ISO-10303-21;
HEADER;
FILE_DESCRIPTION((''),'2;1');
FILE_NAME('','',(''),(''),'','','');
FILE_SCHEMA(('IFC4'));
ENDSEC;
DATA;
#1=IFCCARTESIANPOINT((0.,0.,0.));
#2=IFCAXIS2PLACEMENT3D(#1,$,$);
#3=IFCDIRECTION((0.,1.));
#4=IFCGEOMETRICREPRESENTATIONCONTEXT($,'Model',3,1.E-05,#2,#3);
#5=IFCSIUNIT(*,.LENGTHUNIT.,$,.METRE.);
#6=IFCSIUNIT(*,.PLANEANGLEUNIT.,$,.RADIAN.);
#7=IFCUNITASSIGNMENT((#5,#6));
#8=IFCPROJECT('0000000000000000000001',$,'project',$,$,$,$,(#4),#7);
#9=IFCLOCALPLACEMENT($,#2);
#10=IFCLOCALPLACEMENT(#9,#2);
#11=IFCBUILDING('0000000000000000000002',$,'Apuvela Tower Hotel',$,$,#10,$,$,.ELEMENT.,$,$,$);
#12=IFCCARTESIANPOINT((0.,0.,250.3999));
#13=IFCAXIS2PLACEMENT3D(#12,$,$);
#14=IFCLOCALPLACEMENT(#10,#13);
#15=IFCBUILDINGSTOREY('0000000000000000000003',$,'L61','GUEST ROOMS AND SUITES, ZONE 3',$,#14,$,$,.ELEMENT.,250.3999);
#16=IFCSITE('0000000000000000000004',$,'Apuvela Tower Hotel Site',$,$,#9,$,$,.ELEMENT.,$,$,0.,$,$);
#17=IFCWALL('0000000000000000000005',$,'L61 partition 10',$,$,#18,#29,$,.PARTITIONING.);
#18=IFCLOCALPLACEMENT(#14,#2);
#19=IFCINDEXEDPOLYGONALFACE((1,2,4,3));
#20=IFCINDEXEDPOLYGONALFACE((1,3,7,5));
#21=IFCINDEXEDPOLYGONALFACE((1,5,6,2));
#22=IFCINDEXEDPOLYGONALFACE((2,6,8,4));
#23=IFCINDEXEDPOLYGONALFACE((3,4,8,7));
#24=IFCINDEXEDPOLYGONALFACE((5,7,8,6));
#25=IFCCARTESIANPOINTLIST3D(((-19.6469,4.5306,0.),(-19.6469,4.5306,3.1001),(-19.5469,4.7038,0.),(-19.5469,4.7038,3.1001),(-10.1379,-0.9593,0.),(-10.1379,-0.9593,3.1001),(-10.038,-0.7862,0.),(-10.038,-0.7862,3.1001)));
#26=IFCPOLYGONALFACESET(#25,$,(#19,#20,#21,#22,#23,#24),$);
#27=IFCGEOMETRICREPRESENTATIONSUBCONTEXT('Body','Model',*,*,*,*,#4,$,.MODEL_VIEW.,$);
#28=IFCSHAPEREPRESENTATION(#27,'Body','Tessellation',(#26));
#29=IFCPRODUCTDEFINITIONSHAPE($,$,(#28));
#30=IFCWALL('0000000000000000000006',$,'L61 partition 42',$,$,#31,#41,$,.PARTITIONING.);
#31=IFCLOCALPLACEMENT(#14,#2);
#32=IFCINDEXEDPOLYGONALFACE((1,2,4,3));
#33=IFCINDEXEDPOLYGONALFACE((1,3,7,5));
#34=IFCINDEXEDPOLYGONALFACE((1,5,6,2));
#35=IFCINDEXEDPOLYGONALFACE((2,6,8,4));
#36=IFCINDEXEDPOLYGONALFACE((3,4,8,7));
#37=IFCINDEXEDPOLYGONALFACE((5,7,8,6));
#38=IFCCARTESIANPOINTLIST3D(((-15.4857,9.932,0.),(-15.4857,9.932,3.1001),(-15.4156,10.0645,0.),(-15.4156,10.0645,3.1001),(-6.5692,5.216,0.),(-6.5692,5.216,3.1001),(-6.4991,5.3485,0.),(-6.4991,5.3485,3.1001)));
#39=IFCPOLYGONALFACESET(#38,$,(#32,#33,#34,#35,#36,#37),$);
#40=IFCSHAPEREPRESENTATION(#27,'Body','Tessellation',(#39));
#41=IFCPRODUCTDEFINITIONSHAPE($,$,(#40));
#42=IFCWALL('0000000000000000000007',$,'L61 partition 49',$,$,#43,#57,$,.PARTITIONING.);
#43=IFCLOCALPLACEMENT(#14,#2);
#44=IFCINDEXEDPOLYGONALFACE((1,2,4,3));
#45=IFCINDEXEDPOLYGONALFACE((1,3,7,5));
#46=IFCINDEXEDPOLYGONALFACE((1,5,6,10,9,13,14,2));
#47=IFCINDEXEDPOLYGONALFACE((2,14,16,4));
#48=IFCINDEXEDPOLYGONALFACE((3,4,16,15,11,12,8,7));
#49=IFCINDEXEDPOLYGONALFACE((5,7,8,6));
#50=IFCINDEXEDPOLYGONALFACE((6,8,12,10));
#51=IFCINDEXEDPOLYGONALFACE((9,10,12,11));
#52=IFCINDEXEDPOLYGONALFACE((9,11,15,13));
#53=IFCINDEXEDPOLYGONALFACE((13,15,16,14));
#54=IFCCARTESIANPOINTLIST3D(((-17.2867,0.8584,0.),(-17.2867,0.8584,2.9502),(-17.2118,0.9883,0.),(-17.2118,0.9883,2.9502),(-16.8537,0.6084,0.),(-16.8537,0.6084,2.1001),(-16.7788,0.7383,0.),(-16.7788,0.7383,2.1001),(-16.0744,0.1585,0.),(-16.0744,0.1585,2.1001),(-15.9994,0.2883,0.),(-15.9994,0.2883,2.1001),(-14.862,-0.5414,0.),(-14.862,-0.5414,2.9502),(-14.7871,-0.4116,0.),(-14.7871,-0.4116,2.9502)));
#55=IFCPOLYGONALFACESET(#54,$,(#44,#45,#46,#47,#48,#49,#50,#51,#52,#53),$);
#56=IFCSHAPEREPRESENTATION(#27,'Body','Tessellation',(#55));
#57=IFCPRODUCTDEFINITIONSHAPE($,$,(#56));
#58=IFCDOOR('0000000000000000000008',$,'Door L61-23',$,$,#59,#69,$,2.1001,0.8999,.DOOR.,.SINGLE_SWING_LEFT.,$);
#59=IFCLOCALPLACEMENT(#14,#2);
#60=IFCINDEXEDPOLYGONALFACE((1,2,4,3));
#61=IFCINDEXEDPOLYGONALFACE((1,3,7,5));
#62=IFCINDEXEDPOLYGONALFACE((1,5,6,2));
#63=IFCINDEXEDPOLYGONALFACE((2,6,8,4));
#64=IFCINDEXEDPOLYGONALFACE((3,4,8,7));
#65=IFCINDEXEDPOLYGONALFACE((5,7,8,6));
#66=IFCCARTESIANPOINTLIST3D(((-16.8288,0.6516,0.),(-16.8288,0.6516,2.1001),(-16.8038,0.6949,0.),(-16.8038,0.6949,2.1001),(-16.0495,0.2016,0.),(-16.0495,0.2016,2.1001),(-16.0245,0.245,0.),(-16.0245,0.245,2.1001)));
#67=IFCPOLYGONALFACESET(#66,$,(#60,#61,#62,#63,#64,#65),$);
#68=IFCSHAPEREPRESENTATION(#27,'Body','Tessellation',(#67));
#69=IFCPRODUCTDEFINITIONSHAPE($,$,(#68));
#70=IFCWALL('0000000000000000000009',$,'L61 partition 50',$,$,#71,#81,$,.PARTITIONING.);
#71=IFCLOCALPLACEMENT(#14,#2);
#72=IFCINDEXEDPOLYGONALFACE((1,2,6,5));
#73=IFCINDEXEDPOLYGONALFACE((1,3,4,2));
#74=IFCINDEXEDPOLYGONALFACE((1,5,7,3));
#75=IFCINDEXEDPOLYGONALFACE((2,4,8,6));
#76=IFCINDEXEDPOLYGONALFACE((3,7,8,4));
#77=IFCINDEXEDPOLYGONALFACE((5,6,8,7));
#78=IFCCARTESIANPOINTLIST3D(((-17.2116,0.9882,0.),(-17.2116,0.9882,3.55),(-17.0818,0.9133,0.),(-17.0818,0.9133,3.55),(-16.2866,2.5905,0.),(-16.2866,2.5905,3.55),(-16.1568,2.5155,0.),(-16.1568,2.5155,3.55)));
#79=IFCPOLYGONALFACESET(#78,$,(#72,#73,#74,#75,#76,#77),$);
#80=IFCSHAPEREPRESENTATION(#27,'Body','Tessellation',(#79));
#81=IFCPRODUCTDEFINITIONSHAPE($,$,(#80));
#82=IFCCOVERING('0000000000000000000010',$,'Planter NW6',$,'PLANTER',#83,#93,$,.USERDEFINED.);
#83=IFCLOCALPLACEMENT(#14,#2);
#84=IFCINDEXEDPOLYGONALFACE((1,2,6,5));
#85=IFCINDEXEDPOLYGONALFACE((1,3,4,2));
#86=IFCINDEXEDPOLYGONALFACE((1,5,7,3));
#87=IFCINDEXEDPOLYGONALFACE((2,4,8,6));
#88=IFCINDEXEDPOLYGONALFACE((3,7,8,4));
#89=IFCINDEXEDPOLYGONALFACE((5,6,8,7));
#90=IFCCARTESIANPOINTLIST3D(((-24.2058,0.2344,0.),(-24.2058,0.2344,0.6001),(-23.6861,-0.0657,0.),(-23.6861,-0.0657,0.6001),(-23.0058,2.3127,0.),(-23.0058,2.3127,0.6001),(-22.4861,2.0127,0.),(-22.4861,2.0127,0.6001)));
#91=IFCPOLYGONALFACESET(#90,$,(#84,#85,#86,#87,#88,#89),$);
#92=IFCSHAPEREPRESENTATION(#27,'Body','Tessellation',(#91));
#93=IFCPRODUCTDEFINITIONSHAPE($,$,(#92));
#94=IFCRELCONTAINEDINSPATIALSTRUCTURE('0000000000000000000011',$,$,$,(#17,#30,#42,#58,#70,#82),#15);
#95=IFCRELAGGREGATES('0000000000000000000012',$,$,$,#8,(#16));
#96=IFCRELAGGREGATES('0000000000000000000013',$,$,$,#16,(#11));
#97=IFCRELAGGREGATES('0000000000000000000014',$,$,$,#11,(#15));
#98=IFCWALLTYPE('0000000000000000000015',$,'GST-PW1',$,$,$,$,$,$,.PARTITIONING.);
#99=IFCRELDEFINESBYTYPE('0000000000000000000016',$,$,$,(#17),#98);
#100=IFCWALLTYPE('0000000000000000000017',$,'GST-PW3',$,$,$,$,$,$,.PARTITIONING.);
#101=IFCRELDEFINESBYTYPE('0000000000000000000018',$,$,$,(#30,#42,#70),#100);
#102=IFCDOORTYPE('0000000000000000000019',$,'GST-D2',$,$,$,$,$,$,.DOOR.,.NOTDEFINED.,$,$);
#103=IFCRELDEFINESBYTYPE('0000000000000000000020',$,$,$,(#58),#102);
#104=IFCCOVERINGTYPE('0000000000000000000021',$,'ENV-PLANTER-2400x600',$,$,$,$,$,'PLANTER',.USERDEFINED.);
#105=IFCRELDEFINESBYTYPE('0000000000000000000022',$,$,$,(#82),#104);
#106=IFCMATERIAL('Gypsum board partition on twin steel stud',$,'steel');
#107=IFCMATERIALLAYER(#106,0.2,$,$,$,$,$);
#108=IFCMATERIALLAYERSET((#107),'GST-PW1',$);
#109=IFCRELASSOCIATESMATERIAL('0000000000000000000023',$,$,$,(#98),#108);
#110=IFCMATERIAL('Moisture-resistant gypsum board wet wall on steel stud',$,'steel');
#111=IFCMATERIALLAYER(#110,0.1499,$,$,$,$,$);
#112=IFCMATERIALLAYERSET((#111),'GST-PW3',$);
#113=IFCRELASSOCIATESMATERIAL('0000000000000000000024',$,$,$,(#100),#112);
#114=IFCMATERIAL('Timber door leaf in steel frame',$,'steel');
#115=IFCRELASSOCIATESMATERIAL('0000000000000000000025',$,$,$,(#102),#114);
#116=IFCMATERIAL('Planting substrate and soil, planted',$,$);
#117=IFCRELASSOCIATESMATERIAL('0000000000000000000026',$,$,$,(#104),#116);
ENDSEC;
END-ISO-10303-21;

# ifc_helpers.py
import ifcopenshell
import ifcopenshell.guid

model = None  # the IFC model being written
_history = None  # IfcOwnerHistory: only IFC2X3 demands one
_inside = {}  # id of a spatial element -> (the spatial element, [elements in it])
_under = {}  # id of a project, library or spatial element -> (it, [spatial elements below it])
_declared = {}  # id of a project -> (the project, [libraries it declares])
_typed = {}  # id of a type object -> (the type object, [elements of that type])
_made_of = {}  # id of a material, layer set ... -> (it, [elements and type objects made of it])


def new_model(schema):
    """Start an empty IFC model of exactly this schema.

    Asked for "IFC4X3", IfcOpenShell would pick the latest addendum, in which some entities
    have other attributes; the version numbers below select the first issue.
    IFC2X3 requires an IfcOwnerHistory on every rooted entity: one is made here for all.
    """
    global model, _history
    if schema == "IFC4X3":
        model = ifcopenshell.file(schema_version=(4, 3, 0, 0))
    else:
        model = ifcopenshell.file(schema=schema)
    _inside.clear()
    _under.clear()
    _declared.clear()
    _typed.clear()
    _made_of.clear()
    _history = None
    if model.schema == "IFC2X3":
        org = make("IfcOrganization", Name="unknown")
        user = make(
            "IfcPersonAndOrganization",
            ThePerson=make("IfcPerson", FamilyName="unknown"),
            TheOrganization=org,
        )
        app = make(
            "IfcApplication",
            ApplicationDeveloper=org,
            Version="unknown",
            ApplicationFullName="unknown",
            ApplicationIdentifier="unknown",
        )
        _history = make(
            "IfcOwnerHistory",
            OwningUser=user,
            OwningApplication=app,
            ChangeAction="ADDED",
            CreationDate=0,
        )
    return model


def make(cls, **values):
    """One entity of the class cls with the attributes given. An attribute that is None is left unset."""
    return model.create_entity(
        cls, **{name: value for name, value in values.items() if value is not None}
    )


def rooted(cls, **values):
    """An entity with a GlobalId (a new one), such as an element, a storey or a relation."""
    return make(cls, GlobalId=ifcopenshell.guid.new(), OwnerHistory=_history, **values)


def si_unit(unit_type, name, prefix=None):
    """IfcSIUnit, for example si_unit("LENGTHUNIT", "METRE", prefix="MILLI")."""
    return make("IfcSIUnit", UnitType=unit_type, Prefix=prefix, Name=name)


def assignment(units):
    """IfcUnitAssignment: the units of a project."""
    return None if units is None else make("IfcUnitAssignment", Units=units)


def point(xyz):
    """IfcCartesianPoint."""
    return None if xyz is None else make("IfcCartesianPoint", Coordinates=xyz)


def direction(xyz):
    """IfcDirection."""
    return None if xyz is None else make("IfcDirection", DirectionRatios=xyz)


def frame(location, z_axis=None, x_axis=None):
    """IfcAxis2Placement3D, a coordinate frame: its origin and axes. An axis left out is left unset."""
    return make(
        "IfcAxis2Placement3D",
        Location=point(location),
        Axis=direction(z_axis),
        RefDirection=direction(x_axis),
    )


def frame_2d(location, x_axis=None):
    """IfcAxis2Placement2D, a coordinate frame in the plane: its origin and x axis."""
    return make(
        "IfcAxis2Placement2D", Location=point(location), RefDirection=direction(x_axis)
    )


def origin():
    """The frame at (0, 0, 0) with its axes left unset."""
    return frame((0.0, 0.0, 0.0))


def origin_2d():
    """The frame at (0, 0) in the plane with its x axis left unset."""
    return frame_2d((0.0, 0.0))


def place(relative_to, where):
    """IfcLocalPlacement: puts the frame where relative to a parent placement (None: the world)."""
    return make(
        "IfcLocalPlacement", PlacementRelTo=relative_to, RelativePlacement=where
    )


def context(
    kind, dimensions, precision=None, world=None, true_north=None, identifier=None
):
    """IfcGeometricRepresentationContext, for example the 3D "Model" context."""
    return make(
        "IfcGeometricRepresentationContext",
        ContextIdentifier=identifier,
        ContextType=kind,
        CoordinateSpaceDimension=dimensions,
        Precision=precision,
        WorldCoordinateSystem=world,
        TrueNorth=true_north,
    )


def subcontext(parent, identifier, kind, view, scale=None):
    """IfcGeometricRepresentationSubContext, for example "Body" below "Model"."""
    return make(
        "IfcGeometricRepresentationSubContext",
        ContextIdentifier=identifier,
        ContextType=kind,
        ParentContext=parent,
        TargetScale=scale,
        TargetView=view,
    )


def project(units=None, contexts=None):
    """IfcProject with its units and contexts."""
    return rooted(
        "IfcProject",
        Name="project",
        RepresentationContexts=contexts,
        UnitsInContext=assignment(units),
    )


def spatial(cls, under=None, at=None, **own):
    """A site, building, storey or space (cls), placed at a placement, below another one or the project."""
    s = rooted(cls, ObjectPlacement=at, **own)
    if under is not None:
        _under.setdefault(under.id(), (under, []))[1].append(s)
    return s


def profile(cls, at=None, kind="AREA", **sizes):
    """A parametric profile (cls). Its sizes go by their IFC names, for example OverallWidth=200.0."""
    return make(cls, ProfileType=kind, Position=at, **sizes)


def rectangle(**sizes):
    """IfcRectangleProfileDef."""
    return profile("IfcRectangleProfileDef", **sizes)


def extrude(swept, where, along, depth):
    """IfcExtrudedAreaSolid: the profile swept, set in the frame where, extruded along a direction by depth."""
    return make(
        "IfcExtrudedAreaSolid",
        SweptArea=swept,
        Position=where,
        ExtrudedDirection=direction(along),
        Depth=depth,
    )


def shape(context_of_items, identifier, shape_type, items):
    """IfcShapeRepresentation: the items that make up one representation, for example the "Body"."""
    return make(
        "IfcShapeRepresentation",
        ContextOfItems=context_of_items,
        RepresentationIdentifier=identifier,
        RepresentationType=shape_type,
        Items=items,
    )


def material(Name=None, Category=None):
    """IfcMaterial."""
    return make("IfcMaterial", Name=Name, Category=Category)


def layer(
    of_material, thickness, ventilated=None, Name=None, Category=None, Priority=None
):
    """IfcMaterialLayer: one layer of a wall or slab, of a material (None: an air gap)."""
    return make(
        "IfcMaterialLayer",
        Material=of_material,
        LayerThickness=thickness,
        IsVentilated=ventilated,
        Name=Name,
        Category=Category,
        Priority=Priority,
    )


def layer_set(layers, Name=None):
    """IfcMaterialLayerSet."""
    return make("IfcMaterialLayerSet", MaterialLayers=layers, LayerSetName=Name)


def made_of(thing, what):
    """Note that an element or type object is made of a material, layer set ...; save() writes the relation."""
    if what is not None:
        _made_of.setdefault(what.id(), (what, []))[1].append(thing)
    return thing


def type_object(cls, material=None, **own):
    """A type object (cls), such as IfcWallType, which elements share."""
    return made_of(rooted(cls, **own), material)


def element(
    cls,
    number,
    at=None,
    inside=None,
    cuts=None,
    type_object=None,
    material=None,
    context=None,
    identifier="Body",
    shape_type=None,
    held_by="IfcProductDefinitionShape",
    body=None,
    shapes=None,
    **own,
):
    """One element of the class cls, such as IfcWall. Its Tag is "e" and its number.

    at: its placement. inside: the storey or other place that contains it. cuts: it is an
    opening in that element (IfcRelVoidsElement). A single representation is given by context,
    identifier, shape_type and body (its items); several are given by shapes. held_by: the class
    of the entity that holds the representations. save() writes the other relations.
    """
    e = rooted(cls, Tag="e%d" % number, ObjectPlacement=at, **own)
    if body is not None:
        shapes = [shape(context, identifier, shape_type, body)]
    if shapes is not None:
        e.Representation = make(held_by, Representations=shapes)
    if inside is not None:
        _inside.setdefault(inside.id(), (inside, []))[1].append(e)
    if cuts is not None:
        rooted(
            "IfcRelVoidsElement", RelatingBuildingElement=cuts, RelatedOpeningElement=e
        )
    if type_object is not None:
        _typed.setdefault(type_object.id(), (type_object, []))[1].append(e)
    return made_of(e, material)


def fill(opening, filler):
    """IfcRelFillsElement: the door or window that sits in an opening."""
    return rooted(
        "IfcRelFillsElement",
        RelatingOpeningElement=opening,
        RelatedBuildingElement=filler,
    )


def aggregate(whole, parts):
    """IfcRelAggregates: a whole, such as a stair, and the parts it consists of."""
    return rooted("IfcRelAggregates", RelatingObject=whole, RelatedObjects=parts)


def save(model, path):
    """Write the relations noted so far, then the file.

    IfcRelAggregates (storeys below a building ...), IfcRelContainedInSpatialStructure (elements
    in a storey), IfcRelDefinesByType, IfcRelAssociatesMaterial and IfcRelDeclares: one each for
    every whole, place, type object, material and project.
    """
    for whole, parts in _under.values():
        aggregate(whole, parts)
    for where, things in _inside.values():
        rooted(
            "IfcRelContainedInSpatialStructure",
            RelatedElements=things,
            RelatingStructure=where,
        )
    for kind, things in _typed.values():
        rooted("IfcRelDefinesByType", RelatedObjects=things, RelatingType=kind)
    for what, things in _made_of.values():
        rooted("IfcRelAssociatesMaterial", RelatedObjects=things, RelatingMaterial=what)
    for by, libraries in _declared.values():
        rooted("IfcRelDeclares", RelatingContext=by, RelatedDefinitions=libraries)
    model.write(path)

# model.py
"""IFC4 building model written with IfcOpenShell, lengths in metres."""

from ifc_helpers import new_model, si_unit, direction, frame, frame_2d, origin, origin_2d, place, context, subcontext, project, spatial, rectangle, extrude, material, layer, layer_set, type_object, element, fill, save


model = new_model("IFC4")

# Units and contexts
model_context = context("Model", 3, precision=1e-05, world=origin(), true_north=direction((0.0, 1.0)))
body_context = subcontext(model_context, "Body", "Model", "MODEL_VIEW")
ifc_project = project(units=[si_unit("LENGTHUNIT", "METRE"), si_unit("PLANEANGLEUNIT", "RADIAN")], contexts=[model_context])

# Site, building, storey
site_placement = place(None, origin())
site = spatial("IfcSite", under=ifc_project, at=site_placement, Name="Apuvela Tower Hotel Site", CompositionType="ELEMENT", RefElevation=0.0)
building_placement = place(site_placement, origin())
building = spatial("IfcBuilding", under=site, at=building_placement, Name="Apuvela Tower Hotel", CompositionType="ELEMENT")
storey_placement = place(building_placement, frame((0.0, 0.0, 250.3999)))
storey = spatial("IfcBuildingStorey", under=building, at=storey_placement, Name="L61", Description="GUEST ROOMS AND SUITES, ZONE 3", CompositionType="ELEMENT", Elevation=250.3999)

# Walls
ifc_material_1 = material(Name="Gypsum board partition on twin steel stud", Category="steel")
ifc_layer_1 = layer(ifc_material_1, 0.2)
ifc_layer_set_1 = layer_set([ifc_layer_1], Name="GST-PW1")
wall_type_1 = type_object("IfcWallType", Name="GST-PW1", PredefinedType="PARTITIONING", material=ifc_layer_set_1)
for number, where, z_axis, x_axis, name in (
    (1, (-19.5969, 4.6172, 0.0), (0.0, 0.0, 1.0), (0.866027, -0.499996, 0.0), "L61 partition 10"),
):
    element("IfcWall", number, at=place(storey_placement, frame(where, z_axis=z_axis, x_axis=x_axis)), inside=storey, type_object=wall_type_1, Name=name, PredefinedType="PARTITIONING", context=body_context, shape_type="SweptSolid", body=[
        extrude(rectangle(XDim=10.98, YDim=0.2, at=frame_2d((5.49, 0.0))), origin(), (0.0, 0.0, 1.0), 3.1001),
    ])
ifc_material_2 = material(Name="Moisture-resistant gypsum board wet wall on steel stud", Category="steel")
ifc_layer_2 = layer(ifc_material_2, 0.1499)
ifc_layer_set_2 = layer_set([ifc_layer_2], Name="GST-PW3")
wall_type_2 = type_object("IfcWallType", Name="GST-PW3", PredefinedType="PARTITIONING", material=ifc_layer_set_2)
wall_1_placement = place(storey_placement, frame((-15.4507, 9.9983, 0.0), z_axis=(0.0, 0.0, 1.0), x_axis=(0.88397, -0.467544, 0.0)))
element("IfcWall", 2, at=wall_1_placement, inside=storey, type_object=wall_type_2, Name="L61 partition 42", PredefinedType="PARTITIONING", context=body_context, shape_type="SweptSolid", body=[
    extrude(rectangle(XDim=10.0869, YDim=0.1499, at=frame_2d((5.0435, 0.0))), origin(), (0.0, 0.0, 1.0), 3.1001),
])

# Wall, opening, door
wall_2_placement = place(storey_placement, frame((-17.2493, 0.9233, 0.0), z_axis=(0.0, 0.0, 1.0), x_axis=(0.866035, -0.499984, 0.0)))
wall_2 = element("IfcWall", 3, at=wall_2_placement, inside=storey, type_object=wall_type_2, Name="L61 partition 49", PredefinedType="PARTITIONING", context=body_context, shape_type="SweptSolid", body=[
    extrude(rectangle(XDim=2.7998, YDim=0.1499, at=frame_2d((1.3999, 0.0))), origin(), (0.0, 0.0, 1.0), 2.9502),
])
opening_1_placement = place(wall_2_placement, frame((0.5, 0.0, 0.0)))
opening_1 = element("IfcOpeningElement", 4, at=opening_1_placement, cuts=wall_2, PredefinedType="OPENING", context=body_context, shape_type="SweptSolid", body=[
    extrude(rectangle(XDim=0.8999, YDim=2.1001, at=frame_2d((0.45, 1.05))), frame((0.0, 0.085, 0.0), z_axis=(0.0, -1.0, 0.0), x_axis=(1.0, 0.0, 0.0)), (0.0, 0.0, 1.0), 0.1699),
])
ifc_material_3 = material(Name="Timber door leaf in steel frame", Category="steel")
door_type_1 = type_object("IfcDoorType", Name="GST-D2", OperationType="NOTDEFINED", PredefinedType="DOOR", material=ifc_material_3)
door_1_placement = place(opening_1_placement, origin())
door_1 = element("IfcDoor", 5, at=door_1_placement, inside=storey, type_object=door_type_1, Name="Door L61-23", OperationType="SINGLE_SWING_LEFT", OverallHeight=2.1001, OverallWidth=0.8999, PredefinedType="DOOR", context=body_context, shape_type="SweptSolid", body=[
    extrude(rectangle(XDim=0.8999, YDim=2.1001, at=frame_2d((0.45, 1.05))), frame((0.0, 0.0249, 0.0), z_axis=(0.0, -1.0, 0.0), x_axis=(1.0, 0.0, 0.0)), (0.0, 0.0, 1.0), 0.05),
])
fill(opening_1, door_1)

# Wall
wall_3_placement = place(storey_placement, frame((-16.2217, 2.553, 0.0), z_axis=(0.0, 0.0, 1.0), x_axis=(-0.499985, -0.866034, 0.0)))
element("IfcWall", 6, at=wall_3_placement, inside=storey, type_object=wall_type_2, Name="L61 partition 50", PredefinedType="PARTITIONING", context=body_context, shape_type="SweptSolid", body=[
    extrude(rectangle(XDim=1.8501, YDim=0.1499, at=frame_2d((0.925, 0.0))), origin(), (0.0, 0.0, 1.0), 3.55),
])

# Covering
ifc_material_4 = material(Name="Planting substrate and soil, planted")
covering_type = type_object("IfcCoveringType", Name="ENV-PLANTER-2400x600", ElementType="PLANTER", PredefinedType="USERDEFINED", material=ifc_material_4)
covering_placement = place(storey_placement, frame((-23.3459, 1.1235, 0.0), z_axis=(0.0, 0.0, 1.0), x_axis=(-0.5, -0.866025, 0.0)))
element("IfcCovering", 7, at=covering_placement, inside=storey, type_object=covering_type, Name="Planter NW6", ObjectType="PLANTER", PredefinedType="USERDEFINED", context=body_context, shape_type="SweptSolid", body=[
    extrude(rectangle(XDim=2.3999, YDim=0.6001, at=origin_2d()), origin(), (0.0, 0.0, 1.0), 0.6001),
])

save(model, "model.ifc")
